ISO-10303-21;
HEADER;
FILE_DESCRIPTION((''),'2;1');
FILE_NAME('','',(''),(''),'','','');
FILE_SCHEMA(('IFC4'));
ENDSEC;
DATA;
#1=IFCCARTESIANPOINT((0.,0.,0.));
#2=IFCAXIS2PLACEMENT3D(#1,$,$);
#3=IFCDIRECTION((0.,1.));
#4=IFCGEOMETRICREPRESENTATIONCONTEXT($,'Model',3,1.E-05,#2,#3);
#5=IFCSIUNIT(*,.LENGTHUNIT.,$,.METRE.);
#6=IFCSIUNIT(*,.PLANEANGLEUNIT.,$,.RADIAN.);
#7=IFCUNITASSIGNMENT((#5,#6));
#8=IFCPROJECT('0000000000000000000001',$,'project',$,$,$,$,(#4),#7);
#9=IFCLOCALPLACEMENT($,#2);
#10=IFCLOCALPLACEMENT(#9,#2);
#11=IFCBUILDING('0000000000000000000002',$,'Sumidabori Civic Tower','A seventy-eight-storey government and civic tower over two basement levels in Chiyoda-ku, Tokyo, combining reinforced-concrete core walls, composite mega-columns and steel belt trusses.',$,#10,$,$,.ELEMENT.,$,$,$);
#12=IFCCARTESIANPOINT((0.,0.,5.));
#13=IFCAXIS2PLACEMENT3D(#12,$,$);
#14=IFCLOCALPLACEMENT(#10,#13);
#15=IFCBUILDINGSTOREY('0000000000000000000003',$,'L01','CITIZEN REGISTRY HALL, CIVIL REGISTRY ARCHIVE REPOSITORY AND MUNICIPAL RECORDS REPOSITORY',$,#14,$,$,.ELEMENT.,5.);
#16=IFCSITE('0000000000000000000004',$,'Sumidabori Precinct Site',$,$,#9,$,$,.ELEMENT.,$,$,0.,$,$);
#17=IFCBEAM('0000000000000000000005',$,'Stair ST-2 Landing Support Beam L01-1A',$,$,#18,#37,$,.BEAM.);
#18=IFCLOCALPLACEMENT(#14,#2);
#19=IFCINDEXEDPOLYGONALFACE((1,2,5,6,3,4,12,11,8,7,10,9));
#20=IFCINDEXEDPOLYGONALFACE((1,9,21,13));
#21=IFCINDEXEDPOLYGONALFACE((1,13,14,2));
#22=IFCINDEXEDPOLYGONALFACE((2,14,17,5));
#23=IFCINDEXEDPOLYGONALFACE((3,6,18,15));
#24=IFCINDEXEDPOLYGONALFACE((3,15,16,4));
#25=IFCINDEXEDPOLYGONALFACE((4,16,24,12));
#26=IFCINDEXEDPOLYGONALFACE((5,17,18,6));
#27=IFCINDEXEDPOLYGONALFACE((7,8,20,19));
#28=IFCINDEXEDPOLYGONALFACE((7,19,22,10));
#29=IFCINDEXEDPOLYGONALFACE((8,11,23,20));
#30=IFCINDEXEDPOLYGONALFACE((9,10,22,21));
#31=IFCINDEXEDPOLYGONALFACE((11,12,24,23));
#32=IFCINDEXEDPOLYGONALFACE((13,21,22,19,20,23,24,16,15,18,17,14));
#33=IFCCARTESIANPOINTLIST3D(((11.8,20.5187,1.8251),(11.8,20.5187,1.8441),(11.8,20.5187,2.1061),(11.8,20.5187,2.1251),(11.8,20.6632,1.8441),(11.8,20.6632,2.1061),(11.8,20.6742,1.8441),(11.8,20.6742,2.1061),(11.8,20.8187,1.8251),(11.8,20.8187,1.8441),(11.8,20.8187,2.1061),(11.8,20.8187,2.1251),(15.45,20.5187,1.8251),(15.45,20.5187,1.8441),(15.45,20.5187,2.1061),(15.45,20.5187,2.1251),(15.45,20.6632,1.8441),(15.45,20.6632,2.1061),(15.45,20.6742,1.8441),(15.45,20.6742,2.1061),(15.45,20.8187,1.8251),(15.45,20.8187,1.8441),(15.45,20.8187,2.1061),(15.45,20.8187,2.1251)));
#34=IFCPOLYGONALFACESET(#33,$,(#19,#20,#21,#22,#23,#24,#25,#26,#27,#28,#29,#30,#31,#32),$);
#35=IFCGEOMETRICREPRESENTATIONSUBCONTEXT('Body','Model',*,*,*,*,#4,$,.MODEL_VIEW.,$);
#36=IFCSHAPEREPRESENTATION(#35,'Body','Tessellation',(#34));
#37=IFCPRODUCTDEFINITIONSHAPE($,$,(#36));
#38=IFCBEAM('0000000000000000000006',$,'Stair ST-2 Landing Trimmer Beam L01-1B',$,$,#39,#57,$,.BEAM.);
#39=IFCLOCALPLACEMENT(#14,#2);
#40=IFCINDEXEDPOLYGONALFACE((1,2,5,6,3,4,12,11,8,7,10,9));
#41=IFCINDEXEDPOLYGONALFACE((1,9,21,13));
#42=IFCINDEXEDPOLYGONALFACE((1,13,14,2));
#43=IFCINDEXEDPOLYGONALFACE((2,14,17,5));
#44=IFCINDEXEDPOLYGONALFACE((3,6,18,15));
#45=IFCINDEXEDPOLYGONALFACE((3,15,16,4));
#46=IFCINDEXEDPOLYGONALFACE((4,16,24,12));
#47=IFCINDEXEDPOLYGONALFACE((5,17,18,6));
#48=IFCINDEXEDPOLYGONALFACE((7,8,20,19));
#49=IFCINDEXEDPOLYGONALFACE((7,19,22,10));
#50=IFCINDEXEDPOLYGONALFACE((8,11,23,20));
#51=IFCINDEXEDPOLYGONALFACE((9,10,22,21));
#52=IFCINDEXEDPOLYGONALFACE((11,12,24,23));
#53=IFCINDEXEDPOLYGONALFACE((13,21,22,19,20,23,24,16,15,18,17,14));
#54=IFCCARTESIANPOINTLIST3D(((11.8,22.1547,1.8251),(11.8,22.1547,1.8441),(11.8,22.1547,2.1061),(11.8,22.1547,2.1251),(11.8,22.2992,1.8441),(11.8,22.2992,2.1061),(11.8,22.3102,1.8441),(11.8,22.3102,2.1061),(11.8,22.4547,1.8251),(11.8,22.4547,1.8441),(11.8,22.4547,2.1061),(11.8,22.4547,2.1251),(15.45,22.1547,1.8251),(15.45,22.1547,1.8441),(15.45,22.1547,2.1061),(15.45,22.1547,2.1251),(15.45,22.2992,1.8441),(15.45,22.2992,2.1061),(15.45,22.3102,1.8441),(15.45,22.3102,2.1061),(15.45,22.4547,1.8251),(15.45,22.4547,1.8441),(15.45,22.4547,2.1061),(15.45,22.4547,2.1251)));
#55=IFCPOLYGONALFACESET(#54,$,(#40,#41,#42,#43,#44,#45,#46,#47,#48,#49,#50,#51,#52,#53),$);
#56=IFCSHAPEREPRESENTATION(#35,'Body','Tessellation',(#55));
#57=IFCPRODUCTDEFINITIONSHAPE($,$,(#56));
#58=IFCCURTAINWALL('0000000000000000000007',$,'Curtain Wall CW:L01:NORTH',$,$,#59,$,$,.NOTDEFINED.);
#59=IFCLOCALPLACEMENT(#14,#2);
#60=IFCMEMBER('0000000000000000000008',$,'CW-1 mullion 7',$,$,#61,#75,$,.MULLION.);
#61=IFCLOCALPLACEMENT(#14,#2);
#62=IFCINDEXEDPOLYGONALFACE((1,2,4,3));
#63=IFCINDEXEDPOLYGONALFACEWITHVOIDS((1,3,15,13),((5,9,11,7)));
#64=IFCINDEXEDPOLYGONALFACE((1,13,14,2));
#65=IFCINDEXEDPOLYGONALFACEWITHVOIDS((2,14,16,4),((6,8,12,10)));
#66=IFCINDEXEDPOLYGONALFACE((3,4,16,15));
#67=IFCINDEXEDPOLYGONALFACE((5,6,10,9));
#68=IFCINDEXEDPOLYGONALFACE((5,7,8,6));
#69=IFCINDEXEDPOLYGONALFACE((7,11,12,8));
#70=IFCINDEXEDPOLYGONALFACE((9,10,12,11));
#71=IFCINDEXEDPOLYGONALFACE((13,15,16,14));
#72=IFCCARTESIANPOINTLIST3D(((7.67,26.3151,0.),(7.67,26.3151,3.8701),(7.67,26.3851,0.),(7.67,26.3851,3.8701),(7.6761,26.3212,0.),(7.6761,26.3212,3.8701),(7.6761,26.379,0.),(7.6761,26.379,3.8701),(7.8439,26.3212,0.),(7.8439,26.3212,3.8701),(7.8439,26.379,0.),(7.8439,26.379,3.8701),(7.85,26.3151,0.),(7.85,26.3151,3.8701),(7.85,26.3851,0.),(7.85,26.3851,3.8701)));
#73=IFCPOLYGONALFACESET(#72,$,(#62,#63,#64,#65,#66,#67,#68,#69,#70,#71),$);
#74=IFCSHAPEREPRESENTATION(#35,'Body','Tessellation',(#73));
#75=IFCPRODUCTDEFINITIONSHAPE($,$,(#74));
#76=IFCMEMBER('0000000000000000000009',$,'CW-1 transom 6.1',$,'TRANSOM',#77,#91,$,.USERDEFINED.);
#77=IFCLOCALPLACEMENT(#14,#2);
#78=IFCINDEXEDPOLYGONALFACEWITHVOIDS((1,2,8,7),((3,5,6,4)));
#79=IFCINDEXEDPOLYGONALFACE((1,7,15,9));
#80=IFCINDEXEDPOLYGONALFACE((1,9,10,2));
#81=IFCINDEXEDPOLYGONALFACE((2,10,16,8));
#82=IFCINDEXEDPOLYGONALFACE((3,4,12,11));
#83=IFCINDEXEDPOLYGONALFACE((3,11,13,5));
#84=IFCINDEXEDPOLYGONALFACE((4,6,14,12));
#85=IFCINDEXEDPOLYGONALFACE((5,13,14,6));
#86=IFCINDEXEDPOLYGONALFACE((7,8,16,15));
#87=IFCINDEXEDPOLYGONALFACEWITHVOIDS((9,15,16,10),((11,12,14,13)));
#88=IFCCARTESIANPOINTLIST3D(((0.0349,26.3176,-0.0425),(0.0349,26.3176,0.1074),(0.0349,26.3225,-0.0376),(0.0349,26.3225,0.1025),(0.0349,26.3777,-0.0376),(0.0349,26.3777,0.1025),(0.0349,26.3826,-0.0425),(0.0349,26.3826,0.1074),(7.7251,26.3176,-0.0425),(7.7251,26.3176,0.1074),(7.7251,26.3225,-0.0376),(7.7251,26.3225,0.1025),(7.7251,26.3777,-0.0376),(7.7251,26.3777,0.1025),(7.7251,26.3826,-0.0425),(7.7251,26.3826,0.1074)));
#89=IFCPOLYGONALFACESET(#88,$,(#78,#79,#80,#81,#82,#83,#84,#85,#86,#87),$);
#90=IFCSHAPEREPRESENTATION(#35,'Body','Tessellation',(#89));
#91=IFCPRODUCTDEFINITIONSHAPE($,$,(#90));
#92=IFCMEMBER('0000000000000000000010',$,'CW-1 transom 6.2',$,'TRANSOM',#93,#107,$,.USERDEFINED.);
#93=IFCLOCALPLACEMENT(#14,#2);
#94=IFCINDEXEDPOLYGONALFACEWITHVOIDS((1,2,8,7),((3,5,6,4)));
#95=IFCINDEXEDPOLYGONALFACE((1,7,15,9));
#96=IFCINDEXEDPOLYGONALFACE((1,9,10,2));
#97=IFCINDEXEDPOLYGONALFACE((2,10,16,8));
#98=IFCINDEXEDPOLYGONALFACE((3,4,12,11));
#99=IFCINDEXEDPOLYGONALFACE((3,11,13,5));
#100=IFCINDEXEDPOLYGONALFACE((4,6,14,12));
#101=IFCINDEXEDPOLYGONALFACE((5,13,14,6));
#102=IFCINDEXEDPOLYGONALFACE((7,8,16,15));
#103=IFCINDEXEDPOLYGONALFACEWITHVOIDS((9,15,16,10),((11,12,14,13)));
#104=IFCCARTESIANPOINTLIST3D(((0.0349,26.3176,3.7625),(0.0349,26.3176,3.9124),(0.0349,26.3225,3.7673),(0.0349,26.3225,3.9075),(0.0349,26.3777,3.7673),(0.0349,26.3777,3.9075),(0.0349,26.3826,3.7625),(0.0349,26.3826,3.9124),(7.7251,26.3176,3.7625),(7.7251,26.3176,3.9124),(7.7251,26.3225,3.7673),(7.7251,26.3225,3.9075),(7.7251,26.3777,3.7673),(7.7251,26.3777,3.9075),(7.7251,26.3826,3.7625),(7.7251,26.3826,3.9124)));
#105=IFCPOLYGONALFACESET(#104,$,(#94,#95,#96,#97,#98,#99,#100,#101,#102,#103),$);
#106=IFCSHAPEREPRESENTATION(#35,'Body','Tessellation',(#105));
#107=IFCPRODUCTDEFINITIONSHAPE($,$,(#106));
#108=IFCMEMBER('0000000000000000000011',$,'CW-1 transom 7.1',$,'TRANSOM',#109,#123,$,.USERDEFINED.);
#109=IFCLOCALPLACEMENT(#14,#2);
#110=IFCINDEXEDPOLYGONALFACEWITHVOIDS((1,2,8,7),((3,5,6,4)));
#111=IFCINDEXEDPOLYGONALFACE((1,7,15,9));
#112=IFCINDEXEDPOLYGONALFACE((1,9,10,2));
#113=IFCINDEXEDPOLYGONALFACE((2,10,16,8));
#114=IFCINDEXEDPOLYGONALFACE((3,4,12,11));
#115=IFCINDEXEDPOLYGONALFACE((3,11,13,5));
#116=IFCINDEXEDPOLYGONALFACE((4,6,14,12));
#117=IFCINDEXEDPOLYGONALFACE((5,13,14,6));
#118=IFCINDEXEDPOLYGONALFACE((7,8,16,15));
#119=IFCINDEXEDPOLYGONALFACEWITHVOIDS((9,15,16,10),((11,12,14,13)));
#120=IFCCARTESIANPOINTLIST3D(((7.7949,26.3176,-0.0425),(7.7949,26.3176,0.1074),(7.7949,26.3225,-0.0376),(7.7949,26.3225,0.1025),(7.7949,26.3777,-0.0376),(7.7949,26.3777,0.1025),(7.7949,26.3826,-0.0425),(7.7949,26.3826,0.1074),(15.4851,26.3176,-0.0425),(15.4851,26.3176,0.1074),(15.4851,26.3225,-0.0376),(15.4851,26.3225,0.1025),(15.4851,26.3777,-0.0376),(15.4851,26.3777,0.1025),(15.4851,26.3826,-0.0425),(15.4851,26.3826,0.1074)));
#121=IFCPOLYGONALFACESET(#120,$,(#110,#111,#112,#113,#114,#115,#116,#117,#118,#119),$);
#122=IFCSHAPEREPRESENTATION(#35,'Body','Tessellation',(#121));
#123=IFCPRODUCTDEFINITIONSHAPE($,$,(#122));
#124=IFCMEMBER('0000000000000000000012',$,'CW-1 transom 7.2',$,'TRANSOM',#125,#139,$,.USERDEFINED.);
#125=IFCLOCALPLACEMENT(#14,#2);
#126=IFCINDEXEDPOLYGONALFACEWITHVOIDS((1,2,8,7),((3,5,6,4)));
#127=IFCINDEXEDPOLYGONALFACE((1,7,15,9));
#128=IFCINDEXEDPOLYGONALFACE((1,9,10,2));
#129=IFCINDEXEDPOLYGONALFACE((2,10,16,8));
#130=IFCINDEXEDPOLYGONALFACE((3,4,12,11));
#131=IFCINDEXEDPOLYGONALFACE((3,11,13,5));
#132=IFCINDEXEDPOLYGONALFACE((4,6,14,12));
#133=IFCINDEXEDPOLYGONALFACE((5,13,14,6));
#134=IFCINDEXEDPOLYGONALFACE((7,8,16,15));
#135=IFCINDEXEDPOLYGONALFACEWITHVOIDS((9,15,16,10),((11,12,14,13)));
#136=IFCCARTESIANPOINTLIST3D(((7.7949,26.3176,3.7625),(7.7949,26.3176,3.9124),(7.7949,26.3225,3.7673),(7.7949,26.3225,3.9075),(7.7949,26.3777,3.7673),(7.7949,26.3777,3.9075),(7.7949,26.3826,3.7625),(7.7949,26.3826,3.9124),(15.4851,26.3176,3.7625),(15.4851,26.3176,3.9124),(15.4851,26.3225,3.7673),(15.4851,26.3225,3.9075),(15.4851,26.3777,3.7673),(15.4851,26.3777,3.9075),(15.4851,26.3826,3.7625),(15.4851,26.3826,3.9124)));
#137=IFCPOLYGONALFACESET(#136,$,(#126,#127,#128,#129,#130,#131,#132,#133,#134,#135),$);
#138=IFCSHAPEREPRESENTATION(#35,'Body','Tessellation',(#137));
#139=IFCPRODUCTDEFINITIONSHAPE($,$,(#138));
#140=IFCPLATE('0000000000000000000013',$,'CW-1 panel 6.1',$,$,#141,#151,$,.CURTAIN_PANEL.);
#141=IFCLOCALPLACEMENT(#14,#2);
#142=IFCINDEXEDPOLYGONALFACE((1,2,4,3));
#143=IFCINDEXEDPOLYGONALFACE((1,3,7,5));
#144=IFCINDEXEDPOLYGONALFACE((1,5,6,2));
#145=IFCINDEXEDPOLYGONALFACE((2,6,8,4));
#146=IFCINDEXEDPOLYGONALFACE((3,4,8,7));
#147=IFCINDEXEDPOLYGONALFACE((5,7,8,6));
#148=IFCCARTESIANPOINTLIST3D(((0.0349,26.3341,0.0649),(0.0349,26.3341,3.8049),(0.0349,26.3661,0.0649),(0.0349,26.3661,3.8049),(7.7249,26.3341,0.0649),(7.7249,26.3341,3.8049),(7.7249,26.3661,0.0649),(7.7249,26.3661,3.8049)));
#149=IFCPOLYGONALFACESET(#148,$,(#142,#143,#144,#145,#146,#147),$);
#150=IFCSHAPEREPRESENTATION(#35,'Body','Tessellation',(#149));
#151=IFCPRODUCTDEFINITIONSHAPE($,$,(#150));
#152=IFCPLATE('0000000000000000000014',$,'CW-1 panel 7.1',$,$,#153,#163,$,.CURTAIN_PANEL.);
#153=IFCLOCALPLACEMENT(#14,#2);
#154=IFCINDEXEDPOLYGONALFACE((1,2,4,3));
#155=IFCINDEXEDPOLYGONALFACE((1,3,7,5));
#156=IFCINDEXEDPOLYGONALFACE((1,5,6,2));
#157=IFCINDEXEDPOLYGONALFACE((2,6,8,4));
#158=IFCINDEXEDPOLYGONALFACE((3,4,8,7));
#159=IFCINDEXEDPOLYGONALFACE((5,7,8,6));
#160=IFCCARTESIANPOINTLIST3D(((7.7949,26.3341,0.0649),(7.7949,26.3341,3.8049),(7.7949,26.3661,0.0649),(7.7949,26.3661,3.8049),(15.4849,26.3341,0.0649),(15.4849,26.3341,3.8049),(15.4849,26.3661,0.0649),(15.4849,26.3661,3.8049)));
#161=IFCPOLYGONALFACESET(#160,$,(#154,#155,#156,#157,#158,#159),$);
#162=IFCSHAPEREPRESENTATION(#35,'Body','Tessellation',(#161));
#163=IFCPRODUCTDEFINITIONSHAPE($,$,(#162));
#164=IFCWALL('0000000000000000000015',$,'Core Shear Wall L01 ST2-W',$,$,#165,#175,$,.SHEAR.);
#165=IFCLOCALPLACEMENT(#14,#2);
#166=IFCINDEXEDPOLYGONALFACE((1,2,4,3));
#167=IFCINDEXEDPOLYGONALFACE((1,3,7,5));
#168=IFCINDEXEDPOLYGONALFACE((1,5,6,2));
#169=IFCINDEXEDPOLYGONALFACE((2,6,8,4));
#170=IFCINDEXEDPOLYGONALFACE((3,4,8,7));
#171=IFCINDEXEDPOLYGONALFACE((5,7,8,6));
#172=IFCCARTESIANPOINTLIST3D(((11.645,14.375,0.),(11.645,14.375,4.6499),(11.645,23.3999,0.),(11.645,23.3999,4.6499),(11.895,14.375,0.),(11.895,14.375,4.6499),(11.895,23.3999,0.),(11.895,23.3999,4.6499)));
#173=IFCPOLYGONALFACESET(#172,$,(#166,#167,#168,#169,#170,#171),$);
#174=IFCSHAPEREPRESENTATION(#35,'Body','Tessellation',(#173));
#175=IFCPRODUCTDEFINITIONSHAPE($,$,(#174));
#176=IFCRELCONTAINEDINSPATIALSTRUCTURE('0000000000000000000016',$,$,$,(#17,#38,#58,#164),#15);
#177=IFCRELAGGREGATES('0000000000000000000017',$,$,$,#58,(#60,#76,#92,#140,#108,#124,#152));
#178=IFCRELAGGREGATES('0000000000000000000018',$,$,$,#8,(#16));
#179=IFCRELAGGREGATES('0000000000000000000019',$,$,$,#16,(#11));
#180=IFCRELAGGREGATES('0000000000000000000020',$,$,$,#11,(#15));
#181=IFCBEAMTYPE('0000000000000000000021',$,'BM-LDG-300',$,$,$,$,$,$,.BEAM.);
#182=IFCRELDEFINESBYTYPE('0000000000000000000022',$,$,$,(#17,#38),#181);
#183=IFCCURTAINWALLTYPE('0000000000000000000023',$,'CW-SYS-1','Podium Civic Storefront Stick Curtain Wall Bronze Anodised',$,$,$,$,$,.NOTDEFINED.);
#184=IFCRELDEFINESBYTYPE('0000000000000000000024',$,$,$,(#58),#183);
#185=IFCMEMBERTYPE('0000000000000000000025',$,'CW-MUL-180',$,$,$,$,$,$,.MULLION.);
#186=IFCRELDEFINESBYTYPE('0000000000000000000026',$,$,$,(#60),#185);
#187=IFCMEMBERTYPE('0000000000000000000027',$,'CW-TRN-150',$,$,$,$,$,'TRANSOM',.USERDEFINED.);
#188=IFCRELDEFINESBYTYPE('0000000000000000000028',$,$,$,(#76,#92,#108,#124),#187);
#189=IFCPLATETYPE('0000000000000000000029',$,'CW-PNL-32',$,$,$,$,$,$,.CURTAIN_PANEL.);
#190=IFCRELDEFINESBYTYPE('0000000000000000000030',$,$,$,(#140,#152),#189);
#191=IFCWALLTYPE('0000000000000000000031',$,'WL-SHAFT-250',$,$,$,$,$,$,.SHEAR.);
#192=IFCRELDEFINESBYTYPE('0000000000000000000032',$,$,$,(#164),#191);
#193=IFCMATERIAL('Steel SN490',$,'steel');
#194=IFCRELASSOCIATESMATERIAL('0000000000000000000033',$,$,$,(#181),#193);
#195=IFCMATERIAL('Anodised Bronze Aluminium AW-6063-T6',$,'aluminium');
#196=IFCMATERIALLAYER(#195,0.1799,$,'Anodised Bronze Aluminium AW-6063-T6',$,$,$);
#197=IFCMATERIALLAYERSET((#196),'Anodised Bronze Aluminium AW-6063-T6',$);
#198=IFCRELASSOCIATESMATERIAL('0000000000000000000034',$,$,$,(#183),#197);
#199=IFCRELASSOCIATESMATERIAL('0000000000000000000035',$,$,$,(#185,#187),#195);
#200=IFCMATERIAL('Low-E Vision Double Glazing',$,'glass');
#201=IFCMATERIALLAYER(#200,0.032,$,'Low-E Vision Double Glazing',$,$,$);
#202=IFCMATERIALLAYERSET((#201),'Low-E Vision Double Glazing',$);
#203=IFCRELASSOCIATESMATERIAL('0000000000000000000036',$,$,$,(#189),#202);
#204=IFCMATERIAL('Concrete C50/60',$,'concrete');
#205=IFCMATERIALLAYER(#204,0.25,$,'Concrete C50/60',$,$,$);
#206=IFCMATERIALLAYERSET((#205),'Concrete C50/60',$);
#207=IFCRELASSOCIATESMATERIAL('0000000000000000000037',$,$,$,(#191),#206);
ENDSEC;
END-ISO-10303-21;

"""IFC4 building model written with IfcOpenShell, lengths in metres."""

from ifc_helpers import new_model, si_unit, direction, frame, frame_2d, origin, origin_2d, place, context, subcontext, project, spatial, rectangle, hollow_rectangle, i_section, extrude, source, transform, mapped, material, layer, layer_set, material_profile, profile_set, type_object, element, aggregate, save


model = new_model("IFC4")

# Units and contexts
model_context = context("Model", 3, precision=1e-05, world=origin(), true_north=direction((0.0, 1.0)))
body_context = subcontext(model_context, "Body", "Model", "MODEL_VIEW")
ifc_project = project(units=[si_unit("LENGTHUNIT", "METRE"), si_unit("PLANEANGLEUNIT", "RADIAN")], contexts=[model_context])

# Site, building, storey
site_placement = place(None, origin())
site = spatial("IfcSite", under=ifc_project, at=site_placement, Name="Sumidabori Precinct Site", CompositionType="ELEMENT", RefElevation=0.0)
building_placement = place(site_placement, origin())
building = spatial("IfcBuilding", under=site, at=building_placement, Name="Sumidabori Civic Tower", Description="A seventy-eight-storey government and civic tower over two basement levels in Chiyoda-ku, Tokyo, combining reinforced-concrete core walls, composite mega-columns and steel belt trusses.", CompositionType="ELEMENT")
storey_placement = place(building_placement, frame((0.0, 0.0, 5.0)))
storey = spatial("IfcBuildingStorey", under=building, at=storey_placement, Name="L01", Description="CITIZEN REGISTRY HALL, CIVIL REGISTRY ARCHIVE REPOSITORY AND MUNICIPAL RECORDS REPOSITORY", CompositionType="ELEMENT", Elevation=5.0)

# Beams
ifc_material_1 = material(Name="Steel SN490", Category="steel")
ifc_material_profile_1 = material_profile(ifc_material_1, i_section(OverallWidth=0.3, OverallDepth=0.3, WebThickness=0.011, FlangeThickness=0.019, at=origin_2d()), Name="HE 300 B")
ifc_profile_set_1 = profile_set([ifc_material_profile_1], Name="Steel SN490")
beam_type = type_object("IfcBeamType", Name="BM-LDG-300", PredefinedType="BEAM", material=ifc_profile_set_1)
shared_shape_1 = source(origin(), body_context, "Body", "SweptSolid", [
    extrude(i_section(OverallWidth=0.3, OverallDepth=0.3, WebThickness=0.011, FlangeThickness=0.019, at=origin_2d()), origin(), (0.0, 0.0, 1.0), 3.6499),
])
for number, where, z_axis, x_axis, name in (
    (1, (11.8, 20.6687, 1.9751), (1.0, 0.0, 0.0), (0.0, 1.0, 0.0), "Stair ST-2 Landing Support Beam L01-1A"),
    (2, (11.8, 22.3047, 1.9751), (1.0, 0.0, 0.0), (0.0, 1.0, 0.0), "Stair ST-2 Landing Trimmer Beam L01-1B"),
):
    element("IfcBeam", number, at=place(storey_placement, frame(where, z_axis=z_axis, x_axis=x_axis)), inside=storey, type_object=beam_type, Name=name, PredefinedType="BEAM", context=body_context, shape_type="MappedRepresentation", body=[
        mapped(shared_shape_1, transform((0.0, 0.0, 0.0), x_axis=(1.0, 0.0, 0.0), y_axis=(0.0, 1.0, 0.0), z_axis=(0.0, 0.0, 1.0), scale=1.0)),
    ])

# Curtain wall, members, plates
ifc_material_2 = material(Name="Anodised Bronze Aluminium AW-6063-T6", Category="aluminium")
ifc_layer_1 = layer(ifc_material_2, 0.1799, Name="Anodised Bronze Aluminium AW-6063-T6")
ifc_layer_set_1 = layer_set([ifc_layer_1], Name="Anodised Bronze Aluminium AW-6063-T6")
curtain_wall_type = type_object("IfcCurtainWallType", Name="CW-SYS-1", Description="Podium Civic Storefront Stick Curtain Wall Bronze Anodised", PredefinedType="NOTDEFINED", material=ifc_layer_set_1)
curtain_wall_placement = place(storey_placement, origin())
curtain_wall = element("IfcCurtainWall", 3, at=curtain_wall_placement, inside=storey, type_object=curtain_wall_type, Name="Curtain Wall CW:L01:NORTH", PredefinedType="NOTDEFINED")
ifc_material_profile_2 = material_profile(ifc_material_2, hollow_rectangle(XDim=0.0701, YDim=0.1799, WallThickness=0.0061, at=origin_2d()), Name="ALU MULLION 180x70")
ifc_profile_set_2 = profile_set([ifc_material_profile_2], Name="Anodised Bronze Aluminium AW-6063-T6")
member_type_1 = type_object("IfcMemberType", Name="CW-MUL-180", PredefinedType="MULLION", material=ifc_profile_set_2)
shared_shape_2 = source(origin(), body_context, "Body", "SweptSolid", [
    extrude(hollow_rectangle(XDim=0.0701, YDim=0.1799, WallThickness=0.0061, at=origin_2d()), origin(), (0.0, 0.0, 1.0), 3.8701),
])
member_1_placement = place(storey_placement, frame((7.76, 26.3501, 0.0), z_axis=(0.0, 0.0, 1.0), x_axis=(0.0, 1.0, 0.0)))
member_1 = element("IfcMember", 4, at=member_1_placement, type_object=member_type_1, Name="CW-1 mullion 7", PredefinedType="MULLION", context=body_context, shape_type="MappedRepresentation", body=[
    mapped(shared_shape_2, transform((0.0, 0.0, 0.0), x_axis=(1.0, 0.0, 0.0), y_axis=(0.0, 1.0, 0.0), z_axis=(0.0, 0.0, 1.0), scale=1.0)),
])
ifc_material_profile_3 = material_profile(ifc_material_2, hollow_rectangle(XDim=0.0649, YDim=0.1499, WallThickness=0.0049, at=origin_2d()), Name="ALU TRANSOM 150x65")
ifc_profile_set_3 = profile_set([ifc_material_profile_3], Name="Anodised Bronze Aluminium AW-6063-T6")
member_type_2 = type_object("IfcMemberType", Name="CW-TRN-150", ElementType="TRANSOM", PredefinedType="USERDEFINED", material=ifc_profile_set_3)
shared_shape_3 = source(origin(), body_context, "Body", "SweptSolid", [
    extrude(hollow_rectangle(XDim=0.0649, YDim=0.1499, WallThickness=0.0049, at=origin_2d()), origin(), (0.0, 0.0, 1.0), 7.6902),
])
member_2_placement = place(storey_placement, frame((0.0349, 26.3501, 0.0325), z_axis=(1.0, 0.0, 0.0), x_axis=(0.0, 1.0, 0.0)))
member_2 = element("IfcMember", 5, at=member_2_placement, type_object=member_type_2, Name="CW-1 transom 6.1", ObjectType="TRANSOM", PredefinedType="USERDEFINED", context=body_context, shape_type="MappedRepresentation", body=[
    mapped(shared_shape_3, transform((0.0, 0.0, 0.0), x_axis=(1.0, 0.0, 0.0), y_axis=(0.0, 1.0, 0.0), z_axis=(0.0, 0.0, 1.0), scale=1.0)),
])
member_3_placement = place(storey_placement, frame((0.0349, 26.3501, 3.8374), z_axis=(1.0, 0.0, 0.0), x_axis=(0.0, 1.0, 0.0)))
member_3 = element("IfcMember", 6, at=member_3_placement, type_object=member_type_2, Name="CW-1 transom 6.2", ObjectType="TRANSOM", PredefinedType="USERDEFINED", context=body_context, shape_type="MappedRepresentation", body=[
    mapped(shared_shape_3, transform((0.0, 0.0, 0.0), x_axis=(1.0, 0.0, 0.0), y_axis=(0.0, 1.0, 0.0), z_axis=(0.0, 0.0, 1.0), scale=1.0)),
])
member_4_placement = place(storey_placement, frame((7.7949, 26.3501, 0.0325), z_axis=(1.0, 0.0, 0.0), x_axis=(0.0, 1.0, 0.0)))
member_4 = element("IfcMember", 7, at=member_4_placement, type_object=member_type_2, Name="CW-1 transom 7.1", ObjectType="TRANSOM", PredefinedType="USERDEFINED", context=body_context, shape_type="MappedRepresentation", body=[
    mapped(shared_shape_3, transform((0.0, 0.0, 0.0), x_axis=(1.0, 0.0, 0.0), y_axis=(0.0, 1.0, 0.0), z_axis=(0.0, 0.0, 1.0), scale=1.0)),
])
member_5_placement = place(storey_placement, frame((7.7949, 26.3501, 3.8374), z_axis=(1.0, 0.0, 0.0), x_axis=(0.0, 1.0, 0.0)))
member_5 = element("IfcMember", 8, at=member_5_placement, type_object=member_type_2, Name="CW-1 transom 7.2", ObjectType="TRANSOM", PredefinedType="USERDEFINED", context=body_context, shape_type="MappedRepresentation", body=[
    mapped(shared_shape_3, transform((0.0, 0.0, 0.0), x_axis=(1.0, 0.0, 0.0), y_axis=(0.0, 1.0, 0.0), z_axis=(0.0, 0.0, 1.0), scale=1.0)),
])
ifc_material_3 = material(Name="Low-E Vision Double Glazing", Category="glass")
ifc_layer_2 = layer(ifc_material_3, 0.032, Name="Low-E Vision Double Glazing")
ifc_layer_set_2 = layer_set([ifc_layer_2], Name="Low-E Vision Double Glazing")
plate_type = type_object("IfcPlateType", Name="CW-PNL-32", PredefinedType="CURTAIN_PANEL", material=ifc_layer_set_2)
shared_shape_4 = source(origin(), body_context, "Body", "SweptSolid", [
    extrude(rectangle(XDim=7.6899, YDim=0.032, at=origin_2d()), origin(), (0.0, 0.0, 1.0), 3.74),
])
plate_1_placement = place(storey_placement, frame((3.8799, 26.3501, 0.0649), z_axis=(0.0, 0.0, 1.0), x_axis=(1.0, 0.0, 0.0)))
plate_1 = element("IfcPlate", 9, at=plate_1_placement, type_object=plate_type, Name="CW-1 panel 6.1", PredefinedType="CURTAIN_PANEL", context=body_context, shape_type="MappedRepresentation", body=[
    mapped(shared_shape_4, transform((0.0, 0.0, 0.0), x_axis=(1.0, 0.0, 0.0), y_axis=(0.0, 1.0, 0.0), z_axis=(0.0, 0.0, 1.0), scale=1.0)),
])
plate_2_placement = place(storey_placement, frame((11.6399, 26.3501, 0.0649), z_axis=(0.0, 0.0, 1.0), x_axis=(1.0, 0.0, 0.0)))
plate_2 = element("IfcPlate", 10, at=plate_2_placement, type_object=plate_type, Name="CW-1 panel 7.1", PredefinedType="CURTAIN_PANEL", context=body_context, shape_type="MappedRepresentation", body=[
    mapped(shared_shape_4, transform((0.0, 0.0, 0.0), x_axis=(1.0, 0.0, 0.0), y_axis=(0.0, 1.0, 0.0), z_axis=(0.0, 0.0, 1.0), scale=1.0)),
])
aggregate(curtain_wall, [member_1, member_2, member_3, plate_1, member_4, member_5, plate_2])

# Shared definitions
ifc_material_4 = material(Name="Concrete C50/60", Category="concrete")
ifc_layer_3 = layer(ifc_material_4, 0.25, Name="Concrete C50/60")
ifc_layer_set_3 = layer_set([ifc_layer_3], Name="Concrete C50/60")
wall_type_1 = type_object("IfcWallType", Name="WL-SHAFT-250", PredefinedType="SHEAR", material=ifc_layer_set_3)

# Wall
shared_shape_5 = source(origin(), body_context, "Body", "SweptSolid", [
    extrude(rectangle(XDim=9.0249, YDim=0.25, at=frame_2d((4.5125, 0.0))), origin(), (0.0, 0.0, 1.0), 4.6499),
])
wall_1_placement = place(storey_placement, frame((11.77, 14.375, 0.0), z_axis=(0.0, 0.0, 1.0), x_axis=(0.0, 1.0, 0.0)))
element("IfcWall", 11, at=wall_1_placement, inside=storey, type_object=wall_type_1, Name="Core Shear Wall L01 ST2-W", PredefinedType="SHEAR", context=body_context, shape_type="MappedRepresentation", body=[
    mapped(shared_shape_5, transform((0.0, 0.0, 0.0), x_axis=(1.0, 0.0, 0.0), y_axis=(0.0, 1.0, 0.0), z_axis=(0.0, 0.0, 1.0), scale=1.0)),
])

save(model, "model.ifc")
